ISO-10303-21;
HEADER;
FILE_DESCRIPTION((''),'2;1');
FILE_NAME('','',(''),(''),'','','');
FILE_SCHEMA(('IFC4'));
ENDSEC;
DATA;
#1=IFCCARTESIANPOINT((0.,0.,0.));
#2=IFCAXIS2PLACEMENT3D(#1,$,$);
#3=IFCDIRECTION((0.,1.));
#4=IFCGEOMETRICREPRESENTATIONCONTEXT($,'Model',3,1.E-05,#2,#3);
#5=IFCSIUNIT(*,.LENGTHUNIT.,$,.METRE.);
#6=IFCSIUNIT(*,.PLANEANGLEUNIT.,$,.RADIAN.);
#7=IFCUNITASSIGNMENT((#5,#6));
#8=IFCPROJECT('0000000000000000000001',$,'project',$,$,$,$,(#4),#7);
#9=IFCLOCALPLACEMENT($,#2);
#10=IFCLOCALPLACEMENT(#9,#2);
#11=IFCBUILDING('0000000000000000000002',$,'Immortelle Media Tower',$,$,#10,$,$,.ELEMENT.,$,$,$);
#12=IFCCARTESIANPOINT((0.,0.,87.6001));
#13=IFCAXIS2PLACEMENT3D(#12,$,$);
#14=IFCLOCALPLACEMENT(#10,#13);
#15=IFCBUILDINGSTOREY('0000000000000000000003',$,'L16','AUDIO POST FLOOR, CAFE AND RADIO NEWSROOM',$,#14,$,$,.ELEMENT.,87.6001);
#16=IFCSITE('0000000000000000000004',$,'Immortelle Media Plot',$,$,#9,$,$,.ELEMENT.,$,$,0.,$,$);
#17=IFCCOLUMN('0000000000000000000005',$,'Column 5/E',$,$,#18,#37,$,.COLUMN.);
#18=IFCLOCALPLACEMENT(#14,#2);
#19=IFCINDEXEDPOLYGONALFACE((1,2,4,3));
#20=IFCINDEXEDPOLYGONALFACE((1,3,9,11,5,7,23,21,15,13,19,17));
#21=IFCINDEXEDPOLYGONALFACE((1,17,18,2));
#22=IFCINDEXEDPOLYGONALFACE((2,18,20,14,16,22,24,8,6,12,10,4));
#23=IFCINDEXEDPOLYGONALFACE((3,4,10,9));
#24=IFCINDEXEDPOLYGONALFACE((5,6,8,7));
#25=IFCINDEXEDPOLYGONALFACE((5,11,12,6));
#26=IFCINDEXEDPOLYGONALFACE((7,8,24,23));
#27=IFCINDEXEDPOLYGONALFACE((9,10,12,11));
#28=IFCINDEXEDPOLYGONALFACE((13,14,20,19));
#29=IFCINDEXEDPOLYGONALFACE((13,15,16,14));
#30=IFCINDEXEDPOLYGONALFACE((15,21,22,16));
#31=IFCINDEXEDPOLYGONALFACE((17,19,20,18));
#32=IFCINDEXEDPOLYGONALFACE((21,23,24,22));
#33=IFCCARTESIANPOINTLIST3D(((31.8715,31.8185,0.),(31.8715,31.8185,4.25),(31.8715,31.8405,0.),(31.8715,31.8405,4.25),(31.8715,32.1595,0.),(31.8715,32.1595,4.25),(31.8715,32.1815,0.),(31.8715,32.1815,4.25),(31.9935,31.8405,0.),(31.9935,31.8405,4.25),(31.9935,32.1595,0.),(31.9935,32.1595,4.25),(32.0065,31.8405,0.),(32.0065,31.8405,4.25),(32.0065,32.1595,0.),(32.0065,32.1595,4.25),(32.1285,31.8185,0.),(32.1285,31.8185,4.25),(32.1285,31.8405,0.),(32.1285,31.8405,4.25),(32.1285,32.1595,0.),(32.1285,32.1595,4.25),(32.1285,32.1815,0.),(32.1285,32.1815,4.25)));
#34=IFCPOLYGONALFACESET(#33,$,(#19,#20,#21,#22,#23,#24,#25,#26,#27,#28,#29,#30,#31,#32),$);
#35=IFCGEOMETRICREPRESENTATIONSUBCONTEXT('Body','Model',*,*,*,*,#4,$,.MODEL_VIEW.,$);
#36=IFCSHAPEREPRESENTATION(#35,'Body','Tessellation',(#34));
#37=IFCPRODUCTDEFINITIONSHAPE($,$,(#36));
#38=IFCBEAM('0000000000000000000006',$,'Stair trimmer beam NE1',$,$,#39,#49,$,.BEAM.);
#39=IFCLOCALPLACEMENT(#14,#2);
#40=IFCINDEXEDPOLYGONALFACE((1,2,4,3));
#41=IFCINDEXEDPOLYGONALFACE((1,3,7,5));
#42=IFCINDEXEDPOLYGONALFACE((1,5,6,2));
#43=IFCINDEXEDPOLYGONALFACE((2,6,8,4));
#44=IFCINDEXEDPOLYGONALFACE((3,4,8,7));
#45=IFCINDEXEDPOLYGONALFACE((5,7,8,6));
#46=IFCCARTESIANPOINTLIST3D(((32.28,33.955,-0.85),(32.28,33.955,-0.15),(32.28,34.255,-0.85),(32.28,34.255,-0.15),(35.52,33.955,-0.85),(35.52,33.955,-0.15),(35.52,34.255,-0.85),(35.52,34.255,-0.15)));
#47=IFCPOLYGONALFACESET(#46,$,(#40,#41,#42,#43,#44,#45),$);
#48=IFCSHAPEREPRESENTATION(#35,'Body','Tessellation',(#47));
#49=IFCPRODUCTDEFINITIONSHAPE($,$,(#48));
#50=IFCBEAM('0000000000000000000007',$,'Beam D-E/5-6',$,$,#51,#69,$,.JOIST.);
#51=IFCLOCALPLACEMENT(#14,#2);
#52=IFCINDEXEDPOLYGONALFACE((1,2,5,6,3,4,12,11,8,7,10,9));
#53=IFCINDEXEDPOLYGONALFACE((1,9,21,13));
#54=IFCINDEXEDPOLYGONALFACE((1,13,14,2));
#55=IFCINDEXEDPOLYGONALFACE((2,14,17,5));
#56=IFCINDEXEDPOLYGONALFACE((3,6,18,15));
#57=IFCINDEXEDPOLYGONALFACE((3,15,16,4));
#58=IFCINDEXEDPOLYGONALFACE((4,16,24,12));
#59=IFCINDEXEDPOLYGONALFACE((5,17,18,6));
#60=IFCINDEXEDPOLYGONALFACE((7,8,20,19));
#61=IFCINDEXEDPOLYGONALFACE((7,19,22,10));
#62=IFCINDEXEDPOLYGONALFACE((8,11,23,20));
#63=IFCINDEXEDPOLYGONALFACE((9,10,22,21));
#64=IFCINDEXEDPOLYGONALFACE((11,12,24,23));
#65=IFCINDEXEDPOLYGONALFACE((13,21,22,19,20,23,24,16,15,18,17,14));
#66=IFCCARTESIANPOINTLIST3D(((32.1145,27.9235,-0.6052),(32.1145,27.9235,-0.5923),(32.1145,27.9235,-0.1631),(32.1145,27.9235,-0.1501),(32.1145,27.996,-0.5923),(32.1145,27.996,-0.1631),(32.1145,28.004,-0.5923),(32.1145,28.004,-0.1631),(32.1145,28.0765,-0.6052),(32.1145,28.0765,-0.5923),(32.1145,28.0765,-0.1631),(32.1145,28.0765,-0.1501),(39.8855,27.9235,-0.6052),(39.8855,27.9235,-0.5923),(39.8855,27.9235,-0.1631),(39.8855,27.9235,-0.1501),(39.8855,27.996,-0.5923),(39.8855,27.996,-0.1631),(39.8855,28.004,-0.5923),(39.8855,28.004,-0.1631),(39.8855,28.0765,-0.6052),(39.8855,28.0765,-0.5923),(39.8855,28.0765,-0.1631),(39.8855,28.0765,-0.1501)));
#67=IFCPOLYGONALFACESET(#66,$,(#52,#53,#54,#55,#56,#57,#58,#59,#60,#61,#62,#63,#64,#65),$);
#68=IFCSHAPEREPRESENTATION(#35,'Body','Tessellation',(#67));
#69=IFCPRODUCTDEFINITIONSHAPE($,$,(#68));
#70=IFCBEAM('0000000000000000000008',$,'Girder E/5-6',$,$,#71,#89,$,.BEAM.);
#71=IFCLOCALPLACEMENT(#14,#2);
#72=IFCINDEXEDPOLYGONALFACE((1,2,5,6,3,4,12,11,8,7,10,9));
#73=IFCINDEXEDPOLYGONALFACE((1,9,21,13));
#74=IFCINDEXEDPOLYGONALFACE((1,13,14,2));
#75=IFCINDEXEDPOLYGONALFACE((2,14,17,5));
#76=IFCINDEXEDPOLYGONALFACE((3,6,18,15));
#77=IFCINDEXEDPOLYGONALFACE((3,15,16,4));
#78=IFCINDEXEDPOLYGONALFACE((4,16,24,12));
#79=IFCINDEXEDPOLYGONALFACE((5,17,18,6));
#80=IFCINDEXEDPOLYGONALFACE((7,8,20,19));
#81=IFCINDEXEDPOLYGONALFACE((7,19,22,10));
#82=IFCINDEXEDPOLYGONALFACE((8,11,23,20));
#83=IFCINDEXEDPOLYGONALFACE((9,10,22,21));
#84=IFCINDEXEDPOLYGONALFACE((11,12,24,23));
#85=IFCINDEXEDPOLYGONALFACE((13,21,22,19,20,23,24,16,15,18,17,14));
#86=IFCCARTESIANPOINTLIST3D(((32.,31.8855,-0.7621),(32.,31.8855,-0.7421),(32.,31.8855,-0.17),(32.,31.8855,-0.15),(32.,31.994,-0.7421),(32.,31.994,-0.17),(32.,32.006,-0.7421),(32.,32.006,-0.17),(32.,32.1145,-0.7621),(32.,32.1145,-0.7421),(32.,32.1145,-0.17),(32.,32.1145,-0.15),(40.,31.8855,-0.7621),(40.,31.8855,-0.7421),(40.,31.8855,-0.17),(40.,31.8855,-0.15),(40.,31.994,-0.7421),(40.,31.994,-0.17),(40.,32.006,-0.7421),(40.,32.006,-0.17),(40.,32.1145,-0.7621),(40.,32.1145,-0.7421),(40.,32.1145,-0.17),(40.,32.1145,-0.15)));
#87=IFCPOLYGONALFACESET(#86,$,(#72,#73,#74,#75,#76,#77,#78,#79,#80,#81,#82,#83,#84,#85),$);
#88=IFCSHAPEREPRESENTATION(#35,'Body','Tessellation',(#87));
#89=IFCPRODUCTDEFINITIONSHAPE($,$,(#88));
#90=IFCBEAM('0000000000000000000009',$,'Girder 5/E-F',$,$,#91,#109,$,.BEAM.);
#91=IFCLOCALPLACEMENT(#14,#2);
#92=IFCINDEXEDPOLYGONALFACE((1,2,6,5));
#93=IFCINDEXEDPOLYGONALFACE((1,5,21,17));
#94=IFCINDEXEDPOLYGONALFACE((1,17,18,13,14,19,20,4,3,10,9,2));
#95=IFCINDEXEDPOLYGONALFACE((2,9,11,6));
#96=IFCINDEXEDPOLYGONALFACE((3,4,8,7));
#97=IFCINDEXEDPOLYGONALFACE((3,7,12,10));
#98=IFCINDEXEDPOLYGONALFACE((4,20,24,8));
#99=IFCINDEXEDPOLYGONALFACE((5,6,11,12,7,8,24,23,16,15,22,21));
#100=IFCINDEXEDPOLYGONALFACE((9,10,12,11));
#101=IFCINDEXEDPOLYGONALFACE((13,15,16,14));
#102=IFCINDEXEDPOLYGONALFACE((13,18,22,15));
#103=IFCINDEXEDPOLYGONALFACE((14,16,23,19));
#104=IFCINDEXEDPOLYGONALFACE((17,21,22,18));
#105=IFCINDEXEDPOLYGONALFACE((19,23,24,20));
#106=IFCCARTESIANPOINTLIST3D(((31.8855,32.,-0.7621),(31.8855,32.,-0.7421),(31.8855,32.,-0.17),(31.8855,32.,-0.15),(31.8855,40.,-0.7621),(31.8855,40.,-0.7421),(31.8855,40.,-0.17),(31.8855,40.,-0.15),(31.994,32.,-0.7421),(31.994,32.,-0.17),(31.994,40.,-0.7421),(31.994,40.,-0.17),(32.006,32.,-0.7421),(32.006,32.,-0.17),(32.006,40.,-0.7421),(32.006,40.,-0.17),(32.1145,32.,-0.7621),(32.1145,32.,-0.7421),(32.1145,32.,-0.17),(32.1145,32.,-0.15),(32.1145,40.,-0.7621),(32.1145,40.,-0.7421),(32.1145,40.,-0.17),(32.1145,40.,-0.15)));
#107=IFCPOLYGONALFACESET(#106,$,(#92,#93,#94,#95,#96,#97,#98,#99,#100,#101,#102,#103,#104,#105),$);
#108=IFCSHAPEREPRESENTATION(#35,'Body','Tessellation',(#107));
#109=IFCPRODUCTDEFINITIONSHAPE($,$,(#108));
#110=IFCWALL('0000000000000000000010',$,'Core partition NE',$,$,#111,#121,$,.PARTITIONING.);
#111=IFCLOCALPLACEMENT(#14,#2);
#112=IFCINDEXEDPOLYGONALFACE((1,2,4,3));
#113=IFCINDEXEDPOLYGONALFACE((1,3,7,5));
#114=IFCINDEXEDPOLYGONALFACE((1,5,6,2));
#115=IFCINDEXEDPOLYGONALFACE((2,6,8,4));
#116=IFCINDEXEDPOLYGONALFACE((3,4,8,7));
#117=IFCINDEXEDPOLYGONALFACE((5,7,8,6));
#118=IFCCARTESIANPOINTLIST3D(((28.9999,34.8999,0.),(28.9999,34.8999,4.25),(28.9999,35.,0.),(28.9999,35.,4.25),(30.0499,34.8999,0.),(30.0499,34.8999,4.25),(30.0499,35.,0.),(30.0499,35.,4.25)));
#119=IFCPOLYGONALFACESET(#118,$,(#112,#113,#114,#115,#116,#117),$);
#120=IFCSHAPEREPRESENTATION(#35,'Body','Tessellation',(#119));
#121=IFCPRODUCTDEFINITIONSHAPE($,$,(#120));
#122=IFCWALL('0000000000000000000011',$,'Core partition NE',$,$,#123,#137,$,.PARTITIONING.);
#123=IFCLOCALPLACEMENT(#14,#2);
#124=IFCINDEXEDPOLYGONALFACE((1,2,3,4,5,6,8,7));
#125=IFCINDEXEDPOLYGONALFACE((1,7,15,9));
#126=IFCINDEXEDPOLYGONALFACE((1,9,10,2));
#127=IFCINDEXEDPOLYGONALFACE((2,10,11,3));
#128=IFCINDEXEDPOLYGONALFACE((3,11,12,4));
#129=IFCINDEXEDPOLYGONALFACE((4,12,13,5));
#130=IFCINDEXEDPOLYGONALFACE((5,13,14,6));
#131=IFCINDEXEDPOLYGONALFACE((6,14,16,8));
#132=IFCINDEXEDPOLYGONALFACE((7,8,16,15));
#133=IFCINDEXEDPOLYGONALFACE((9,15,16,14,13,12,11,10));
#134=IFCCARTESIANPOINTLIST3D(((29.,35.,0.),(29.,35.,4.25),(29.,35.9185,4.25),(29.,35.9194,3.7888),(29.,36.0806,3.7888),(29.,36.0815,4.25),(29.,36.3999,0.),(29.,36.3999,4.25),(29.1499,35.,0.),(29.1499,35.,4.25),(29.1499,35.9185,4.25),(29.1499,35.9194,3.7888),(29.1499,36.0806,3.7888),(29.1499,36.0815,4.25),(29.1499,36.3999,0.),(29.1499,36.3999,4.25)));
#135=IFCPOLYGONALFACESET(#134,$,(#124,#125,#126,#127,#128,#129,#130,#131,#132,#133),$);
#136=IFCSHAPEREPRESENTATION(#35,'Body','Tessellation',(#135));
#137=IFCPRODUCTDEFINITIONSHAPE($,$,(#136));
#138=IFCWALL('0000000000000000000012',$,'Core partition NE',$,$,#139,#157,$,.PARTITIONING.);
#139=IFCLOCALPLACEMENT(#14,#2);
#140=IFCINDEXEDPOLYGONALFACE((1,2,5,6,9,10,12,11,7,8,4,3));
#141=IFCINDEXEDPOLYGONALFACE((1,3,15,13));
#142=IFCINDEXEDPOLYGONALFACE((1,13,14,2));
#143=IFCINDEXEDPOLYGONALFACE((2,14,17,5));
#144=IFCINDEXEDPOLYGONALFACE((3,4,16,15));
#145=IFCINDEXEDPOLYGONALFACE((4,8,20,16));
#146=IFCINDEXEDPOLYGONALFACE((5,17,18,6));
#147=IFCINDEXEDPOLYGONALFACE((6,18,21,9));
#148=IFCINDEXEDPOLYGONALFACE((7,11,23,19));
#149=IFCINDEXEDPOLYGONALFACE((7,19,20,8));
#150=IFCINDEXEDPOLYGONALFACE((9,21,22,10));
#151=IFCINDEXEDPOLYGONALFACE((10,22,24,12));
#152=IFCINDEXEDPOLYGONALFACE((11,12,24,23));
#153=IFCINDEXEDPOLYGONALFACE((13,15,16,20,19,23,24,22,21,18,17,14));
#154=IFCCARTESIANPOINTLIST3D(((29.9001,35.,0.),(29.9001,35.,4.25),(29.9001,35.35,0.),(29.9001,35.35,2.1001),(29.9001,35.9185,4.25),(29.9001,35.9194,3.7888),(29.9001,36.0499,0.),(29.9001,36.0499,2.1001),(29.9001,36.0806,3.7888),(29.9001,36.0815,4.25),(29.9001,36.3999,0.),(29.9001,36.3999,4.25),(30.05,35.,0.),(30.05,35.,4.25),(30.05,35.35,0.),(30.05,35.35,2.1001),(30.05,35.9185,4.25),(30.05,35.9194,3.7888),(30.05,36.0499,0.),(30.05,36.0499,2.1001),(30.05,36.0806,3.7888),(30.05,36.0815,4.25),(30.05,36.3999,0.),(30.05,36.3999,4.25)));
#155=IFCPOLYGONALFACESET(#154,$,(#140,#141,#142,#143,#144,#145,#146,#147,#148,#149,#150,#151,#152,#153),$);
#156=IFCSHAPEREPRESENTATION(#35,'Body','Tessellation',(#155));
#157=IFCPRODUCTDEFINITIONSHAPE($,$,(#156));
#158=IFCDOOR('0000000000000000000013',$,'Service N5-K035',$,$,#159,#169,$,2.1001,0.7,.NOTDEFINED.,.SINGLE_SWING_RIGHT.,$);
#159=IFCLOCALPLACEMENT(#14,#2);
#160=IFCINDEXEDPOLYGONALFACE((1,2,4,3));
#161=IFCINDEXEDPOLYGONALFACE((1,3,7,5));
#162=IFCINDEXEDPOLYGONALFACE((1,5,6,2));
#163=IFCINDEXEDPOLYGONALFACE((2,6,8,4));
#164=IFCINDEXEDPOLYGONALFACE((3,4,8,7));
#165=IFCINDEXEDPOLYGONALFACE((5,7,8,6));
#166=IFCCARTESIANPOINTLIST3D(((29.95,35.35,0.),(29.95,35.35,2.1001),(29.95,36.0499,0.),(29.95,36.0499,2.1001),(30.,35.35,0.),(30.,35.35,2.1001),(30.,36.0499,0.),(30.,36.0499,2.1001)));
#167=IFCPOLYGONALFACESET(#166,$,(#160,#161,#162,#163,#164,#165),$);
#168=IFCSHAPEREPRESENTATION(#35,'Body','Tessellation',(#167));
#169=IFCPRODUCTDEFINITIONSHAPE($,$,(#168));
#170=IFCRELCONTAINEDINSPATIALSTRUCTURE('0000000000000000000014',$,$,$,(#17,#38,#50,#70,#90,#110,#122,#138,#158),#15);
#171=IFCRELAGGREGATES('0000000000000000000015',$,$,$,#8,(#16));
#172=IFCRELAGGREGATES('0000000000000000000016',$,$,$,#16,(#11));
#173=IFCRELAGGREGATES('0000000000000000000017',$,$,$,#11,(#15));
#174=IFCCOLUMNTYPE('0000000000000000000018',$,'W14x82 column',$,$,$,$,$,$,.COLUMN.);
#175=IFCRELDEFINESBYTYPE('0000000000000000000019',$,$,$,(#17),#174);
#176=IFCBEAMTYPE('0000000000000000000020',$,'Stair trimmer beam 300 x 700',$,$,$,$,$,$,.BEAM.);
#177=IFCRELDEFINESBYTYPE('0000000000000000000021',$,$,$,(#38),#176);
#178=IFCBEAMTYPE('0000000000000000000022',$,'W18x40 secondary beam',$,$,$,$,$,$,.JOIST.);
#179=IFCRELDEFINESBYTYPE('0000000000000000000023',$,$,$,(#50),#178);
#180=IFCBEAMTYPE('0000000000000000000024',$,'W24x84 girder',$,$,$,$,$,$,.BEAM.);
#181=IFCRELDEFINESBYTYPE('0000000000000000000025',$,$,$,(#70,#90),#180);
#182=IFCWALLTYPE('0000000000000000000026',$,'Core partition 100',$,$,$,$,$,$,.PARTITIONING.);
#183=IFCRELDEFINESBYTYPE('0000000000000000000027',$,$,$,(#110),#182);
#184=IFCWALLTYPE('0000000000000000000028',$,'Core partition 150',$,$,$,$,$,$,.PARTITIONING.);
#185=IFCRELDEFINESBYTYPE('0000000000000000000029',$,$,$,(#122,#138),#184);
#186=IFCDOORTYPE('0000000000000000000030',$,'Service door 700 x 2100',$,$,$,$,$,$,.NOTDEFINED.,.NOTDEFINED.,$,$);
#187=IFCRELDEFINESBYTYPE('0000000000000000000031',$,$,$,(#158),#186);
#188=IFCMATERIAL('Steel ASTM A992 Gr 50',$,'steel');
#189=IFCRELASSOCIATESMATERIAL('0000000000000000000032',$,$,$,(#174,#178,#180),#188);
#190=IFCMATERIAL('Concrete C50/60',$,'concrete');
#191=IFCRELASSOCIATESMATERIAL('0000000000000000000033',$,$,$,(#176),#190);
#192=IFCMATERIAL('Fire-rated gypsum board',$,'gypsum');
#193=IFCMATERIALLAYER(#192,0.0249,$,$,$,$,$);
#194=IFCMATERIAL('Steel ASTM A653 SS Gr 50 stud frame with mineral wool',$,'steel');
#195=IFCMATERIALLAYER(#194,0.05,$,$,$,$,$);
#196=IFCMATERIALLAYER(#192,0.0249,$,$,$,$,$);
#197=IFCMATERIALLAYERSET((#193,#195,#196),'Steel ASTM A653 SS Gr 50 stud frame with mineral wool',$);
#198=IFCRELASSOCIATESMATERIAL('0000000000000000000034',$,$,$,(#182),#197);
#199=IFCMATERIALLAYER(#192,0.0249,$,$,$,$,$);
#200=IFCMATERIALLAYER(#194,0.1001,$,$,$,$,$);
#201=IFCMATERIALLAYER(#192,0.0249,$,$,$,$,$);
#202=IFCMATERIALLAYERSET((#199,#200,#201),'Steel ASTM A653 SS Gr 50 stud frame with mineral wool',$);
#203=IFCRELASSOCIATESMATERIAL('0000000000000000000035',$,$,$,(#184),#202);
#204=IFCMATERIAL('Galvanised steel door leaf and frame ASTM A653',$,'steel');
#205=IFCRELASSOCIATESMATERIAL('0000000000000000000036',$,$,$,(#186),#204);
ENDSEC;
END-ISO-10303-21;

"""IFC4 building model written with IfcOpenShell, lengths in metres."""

from ifc_helpers import new_model, si_unit, direction, frame, frame_2d, origin, origin_2d, place, context, subcontext, project, spatial, polyline, rectangle, i_section, outline, extrude, material, layer, layer_set, material_profile, profile_set, type_object, element, fill, save


model = new_model("IFC4")

# Units and contexts
model_context = context("Model", 3, precision=1e-05, world=origin(), true_north=direction((0.0, 1.0)))
body_context = subcontext(model_context, "Body", "Model", "MODEL_VIEW")
ifc_project = project(units=[si_unit("LENGTHUNIT", "METRE"), si_unit("PLANEANGLEUNIT", "RADIAN")], contexts=[model_context])

# Site, building, storey
site_placement = place(None, origin())
site = spatial("IfcSite", under=ifc_project, at=site_placement, Name="Immortelle Media Plot", CompositionType="ELEMENT", RefElevation=0.0)
building_placement = place(site_placement, origin())
building = spatial("IfcBuilding", under=site, at=building_placement, Name="Immortelle Media Tower", CompositionType="ELEMENT")
storey_placement = place(building_placement, frame((0.0, 0.0, 87.6001)))
storey = spatial("IfcBuildingStorey", under=building, at=storey_placement, Name="L16", Description="AUDIO POST FLOOR, CAFE AND RADIO NEWSROOM", CompositionType="ELEMENT", Elevation=87.6001)

# Column
ifc_material_1 = material(Name="Steel ASTM A992 Gr 50", Category="steel")
ifc_material_profile_1 = material_profile(ifc_material_1, i_section(OverallWidth=0.2571, OverallDepth=0.363, WebThickness=0.0129, FlangeThickness=0.022, at=origin_2d()), Name="W14x82")
ifc_profile_set_1 = profile_set([ifc_material_profile_1], Name="Steel ASTM A992 Gr 50")
column_type = type_object("IfcColumnType", Name="W14x82 column", PredefinedType="COLUMN", material=ifc_profile_set_1)
column_placement = place(storey_placement, frame((32.0, 32.0, 0.0), z_axis=(0.0, 0.0, 1.0), x_axis=(1.0, 0.0, 0.0)))
element("IfcColumn", 1, at=column_placement, inside=storey, type_object=column_type, Name="Column 5/E", PredefinedType="COLUMN", context=body_context, shape_type="SweptSolid", body=[
    extrude(i_section(OverallWidth=0.2571, OverallDepth=0.363, WebThickness=0.0129, FlangeThickness=0.022, at=origin_2d()), origin(), (0.0, 0.0, 1.0), 4.25),
])

# Beams
ifc_material_2 = material(Name="Concrete C50/60", Category="concrete")
ifc_material_profile_2 = material_profile(ifc_material_2, rectangle(XDim=0.3, YDim=0.7, at=origin_2d()), Name="RC 300x700")
ifc_profile_set_2 = profile_set([ifc_material_profile_2], Name="Concrete C50/60")
beam_type_1 = type_object("IfcBeamType", Name="Stair trimmer beam 300 x 700", PredefinedType="BEAM", material=ifc_profile_set_2)
beam_1_placement = place(storey_placement, frame((32.28, 34.105, -0.5), z_axis=(1.0, 0.0, 0.0), x_axis=(0.0, 1.0, 0.0)))
element("IfcBeam", 2, at=beam_1_placement, inside=storey, type_object=beam_type_1, Name="Stair trimmer beam NE1", PredefinedType="BEAM", context=body_context, shape_type="SweptSolid", body=[
    extrude(rectangle(XDim=0.3, YDim=0.7, at=origin_2d()), origin(), (0.0, 0.0, 1.0), 3.24),
])
ifc_material_profile_3 = material_profile(ifc_material_1, i_section(OverallWidth=0.1531, OverallDepth=0.4551, WebThickness=0.0081, FlangeThickness=0.0129, at=origin_2d()), Name="W18x40")
ifc_profile_set_3 = profile_set([ifc_material_profile_3], Name="Steel ASTM A992 Gr 50")
beam_type_2 = type_object("IfcBeamType", Name="W18x40 secondary beam", PredefinedType="JOIST", material=ifc_profile_set_3)
beam_2_placement = place(storey_placement, frame((32.1145, 28.0, -0.3777), z_axis=(1.0, 0.0, 0.0), x_axis=(0.0, 1.0, 0.0)))
element("IfcBeam", 3, at=beam_2_placement, inside=storey, type_object=beam_type_2, Name="Beam D-E/5-6", PredefinedType="JOIST", context=body_context, shape_type="SweptSolid", body=[
    extrude(i_section(OverallWidth=0.1531, OverallDepth=0.4551, WebThickness=0.0081, FlangeThickness=0.0129, at=origin_2d()), origin(), (0.0, 0.0, 1.0), 7.771),
])
ifc_material_profile_4 = material_profile(ifc_material_1, i_section(OverallWidth=0.229, OverallDepth=0.6121, WebThickness=0.012, FlangeThickness=0.02, at=origin_2d()), Name="W24x84")
ifc_profile_set_4 = profile_set([ifc_material_profile_4], Name="Steel ASTM A992 Gr 50")
beam_type_3 = type_object("IfcBeamType", Name="W24x84 girder", PredefinedType="BEAM", material=ifc_profile_set_4)
for number, where, z_axis, x_axis, name in (
    (4, (32.0, 32.0, -0.4561), (1.0, 0.0, 0.0), (0.0, 1.0, 0.0), "Girder E/5-6"),
    (5, (32.0, 32.0, -0.4561), (0.0, 1.0, 0.0), (-1.0, 0.0, 0.0), "Girder 5/E-F"),
):
    element("IfcBeam", number, at=place(storey_placement, frame(where, z_axis=z_axis, x_axis=x_axis)), inside=storey, type_object=beam_type_3, Name=name, PredefinedType="BEAM", context=body_context, shape_type="SweptSolid", body=[
        extrude(i_section(OverallWidth=0.229, OverallDepth=0.6121, WebThickness=0.012, FlangeThickness=0.02, at=origin_2d()), origin(), (0.0, 0.0, 1.0), 8.0),
    ])

# Walls
ifc_material_3 = material(Name="Fire-rated gypsum board", Category="gypsum")
ifc_layer_1 = layer(ifc_material_3, 0.0249)
ifc_material_4 = material(Name="Steel ASTM A653 SS Gr 50 stud frame with mineral wool", Category="steel")
ifc_layer_2 = layer(ifc_material_4, 0.05)
ifc_layer_3 = layer(ifc_material_3, 0.0249)
ifc_layer_set_1 = layer_set([ifc_layer_1, ifc_layer_2, ifc_layer_3], Name="Steel ASTM A653 SS Gr 50 stud frame with mineral wool")
wall_type_1 = type_object("IfcWallType", Name="Core partition 100", PredefinedType="PARTITIONING", material=ifc_layer_set_1)
wall_1_placement = place(storey_placement, frame((29.0, 34.95, 0.0), z_axis=(0.0, 0.0, 1.0), x_axis=(1.0, 0.0, 0.0)))
element("IfcWall", 6, at=wall_1_placement, inside=storey, type_object=wall_type_1, Name="Core partition NE", PredefinedType="PARTITIONING", context=body_context, shape_type="SweptSolid", body=[
    extrude(rectangle(XDim=1.05, YDim=0.1001, at=frame_2d((0.5249, 0.0))), origin(), (0.0, 0.0, 1.0), 4.25),
])
ifc_layer_4 = layer(ifc_material_3, 0.0249)
ifc_layer_5 = layer(ifc_material_4, 0.1001)
ifc_layer_6 = layer(ifc_material_3, 0.0249)
ifc_layer_set_2 = layer_set([ifc_layer_4, ifc_layer_5, ifc_layer_6], Name="Steel ASTM A653 SS Gr 50 stud frame with mineral wool")
wall_type_2 = type_object("IfcWallType", Name="Core partition 150", PredefinedType="PARTITIONING", material=ifc_layer_set_2)
wall_2_placement = place(storey_placement, frame((29.075, 35.0, 0.0), z_axis=(0.0, 0.0, 1.0), x_axis=(0.0, 1.0, 0.0)))
element("IfcWall", 7, at=wall_2_placement, inside=storey, type_object=wall_type_2, Name="Core partition NE", PredefinedType="PARTITIONING", context=body_context, shape_type="SweptSolid", body=[
    extrude(outline(polyline([(0.0, 0.0), (1.3999, 0.0), (1.3999, 4.25), (1.0815, 4.25), (1.0806, 3.7888), (0.9194, 3.7888), (0.9185, 4.25), (0.0, 4.25), (0.0, 0.0)])), frame((0.0, 0.075, 0.0), z_axis=(0.0, -1.0, 0.0), x_axis=(1.0, 0.0, 0.0)), (0.0, 0.0, 1.0), 0.1499),
])

# Wall, opening, door
wall_3_placement = place(storey_placement, frame((29.9751, 35.0, 0.0), z_axis=(0.0, 0.0, 1.0), x_axis=(0.0, 1.0, 0.0)))
wall_3 = element("IfcWall", 8, at=wall_3_placement, inside=storey, type_object=wall_type_2, Name="Core partition NE", PredefinedType="PARTITIONING", context=body_context, shape_type="SweptSolid", body=[
    extrude(outline(polyline([(0.0, 0.0), (1.3999, 0.0), (1.3999, 4.25), (1.0815, 4.25), (1.0806, 3.7888), (0.9194, 3.7888), (0.9185, 4.25), (0.0, 4.25), (0.0, 0.0)])), frame((0.0, 0.075, 0.0), z_axis=(0.0, -1.0, 0.0), x_axis=(1.0, 0.0, 0.0)), (0.0, 0.0, 1.0), 0.1499),
])
opening_1_placement = place(wall_3_placement, frame((1.05, 0.0, 0.0), z_axis=(0.0, 0.0, 1.0), x_axis=(-1.0, 0.0, 0.0)))
opening_1 = element("IfcOpeningElement", 9, at=opening_1_placement, cuts=wall_3, PredefinedType="OPENING", context=body_context, shape_type="SweptSolid", body=[
    extrude(rectangle(XDim=0.7, YDim=2.1001, at=frame_2d((0.3501, 1.05))), frame((0.0, 0.085, 0.0), z_axis=(0.0, -1.0, 0.0), x_axis=(1.0, 0.0, 0.0)), (0.0, 0.0, 1.0), 0.1699),
])
ifc_material_5 = material(Name="Galvanised steel door leaf and frame ASTM A653", Category="steel")
door_type = type_object("IfcDoorType", Name="Service door 700 x 2100", OperationType="NOTDEFINED", PredefinedType="NOTDEFINED", material=ifc_material_5)
door_1_placement = place(opening_1_placement, origin())
door_1 = element("IfcDoor", 10, at=door_1_placement, inside=storey, type_object=door_type, Name="Service N5-K035", OperationType="SINGLE_SWING_RIGHT", OverallHeight=2.1001, OverallWidth=0.7, PredefinedType="NOTDEFINED", context=body_context, shape_type="SweptSolid", body=[
    extrude(rectangle(XDim=0.7, YDim=2.1001, at=frame_2d((0.3501, 1.05))), frame((0.0, 0.0249, 0.0), z_axis=(0.0, -1.0, 0.0), x_axis=(1.0, 0.0, 0.0)), (0.0, 0.0, 1.0), 0.05),
])
fill(opening_1, door_1)

save(model, "model.ifc")
